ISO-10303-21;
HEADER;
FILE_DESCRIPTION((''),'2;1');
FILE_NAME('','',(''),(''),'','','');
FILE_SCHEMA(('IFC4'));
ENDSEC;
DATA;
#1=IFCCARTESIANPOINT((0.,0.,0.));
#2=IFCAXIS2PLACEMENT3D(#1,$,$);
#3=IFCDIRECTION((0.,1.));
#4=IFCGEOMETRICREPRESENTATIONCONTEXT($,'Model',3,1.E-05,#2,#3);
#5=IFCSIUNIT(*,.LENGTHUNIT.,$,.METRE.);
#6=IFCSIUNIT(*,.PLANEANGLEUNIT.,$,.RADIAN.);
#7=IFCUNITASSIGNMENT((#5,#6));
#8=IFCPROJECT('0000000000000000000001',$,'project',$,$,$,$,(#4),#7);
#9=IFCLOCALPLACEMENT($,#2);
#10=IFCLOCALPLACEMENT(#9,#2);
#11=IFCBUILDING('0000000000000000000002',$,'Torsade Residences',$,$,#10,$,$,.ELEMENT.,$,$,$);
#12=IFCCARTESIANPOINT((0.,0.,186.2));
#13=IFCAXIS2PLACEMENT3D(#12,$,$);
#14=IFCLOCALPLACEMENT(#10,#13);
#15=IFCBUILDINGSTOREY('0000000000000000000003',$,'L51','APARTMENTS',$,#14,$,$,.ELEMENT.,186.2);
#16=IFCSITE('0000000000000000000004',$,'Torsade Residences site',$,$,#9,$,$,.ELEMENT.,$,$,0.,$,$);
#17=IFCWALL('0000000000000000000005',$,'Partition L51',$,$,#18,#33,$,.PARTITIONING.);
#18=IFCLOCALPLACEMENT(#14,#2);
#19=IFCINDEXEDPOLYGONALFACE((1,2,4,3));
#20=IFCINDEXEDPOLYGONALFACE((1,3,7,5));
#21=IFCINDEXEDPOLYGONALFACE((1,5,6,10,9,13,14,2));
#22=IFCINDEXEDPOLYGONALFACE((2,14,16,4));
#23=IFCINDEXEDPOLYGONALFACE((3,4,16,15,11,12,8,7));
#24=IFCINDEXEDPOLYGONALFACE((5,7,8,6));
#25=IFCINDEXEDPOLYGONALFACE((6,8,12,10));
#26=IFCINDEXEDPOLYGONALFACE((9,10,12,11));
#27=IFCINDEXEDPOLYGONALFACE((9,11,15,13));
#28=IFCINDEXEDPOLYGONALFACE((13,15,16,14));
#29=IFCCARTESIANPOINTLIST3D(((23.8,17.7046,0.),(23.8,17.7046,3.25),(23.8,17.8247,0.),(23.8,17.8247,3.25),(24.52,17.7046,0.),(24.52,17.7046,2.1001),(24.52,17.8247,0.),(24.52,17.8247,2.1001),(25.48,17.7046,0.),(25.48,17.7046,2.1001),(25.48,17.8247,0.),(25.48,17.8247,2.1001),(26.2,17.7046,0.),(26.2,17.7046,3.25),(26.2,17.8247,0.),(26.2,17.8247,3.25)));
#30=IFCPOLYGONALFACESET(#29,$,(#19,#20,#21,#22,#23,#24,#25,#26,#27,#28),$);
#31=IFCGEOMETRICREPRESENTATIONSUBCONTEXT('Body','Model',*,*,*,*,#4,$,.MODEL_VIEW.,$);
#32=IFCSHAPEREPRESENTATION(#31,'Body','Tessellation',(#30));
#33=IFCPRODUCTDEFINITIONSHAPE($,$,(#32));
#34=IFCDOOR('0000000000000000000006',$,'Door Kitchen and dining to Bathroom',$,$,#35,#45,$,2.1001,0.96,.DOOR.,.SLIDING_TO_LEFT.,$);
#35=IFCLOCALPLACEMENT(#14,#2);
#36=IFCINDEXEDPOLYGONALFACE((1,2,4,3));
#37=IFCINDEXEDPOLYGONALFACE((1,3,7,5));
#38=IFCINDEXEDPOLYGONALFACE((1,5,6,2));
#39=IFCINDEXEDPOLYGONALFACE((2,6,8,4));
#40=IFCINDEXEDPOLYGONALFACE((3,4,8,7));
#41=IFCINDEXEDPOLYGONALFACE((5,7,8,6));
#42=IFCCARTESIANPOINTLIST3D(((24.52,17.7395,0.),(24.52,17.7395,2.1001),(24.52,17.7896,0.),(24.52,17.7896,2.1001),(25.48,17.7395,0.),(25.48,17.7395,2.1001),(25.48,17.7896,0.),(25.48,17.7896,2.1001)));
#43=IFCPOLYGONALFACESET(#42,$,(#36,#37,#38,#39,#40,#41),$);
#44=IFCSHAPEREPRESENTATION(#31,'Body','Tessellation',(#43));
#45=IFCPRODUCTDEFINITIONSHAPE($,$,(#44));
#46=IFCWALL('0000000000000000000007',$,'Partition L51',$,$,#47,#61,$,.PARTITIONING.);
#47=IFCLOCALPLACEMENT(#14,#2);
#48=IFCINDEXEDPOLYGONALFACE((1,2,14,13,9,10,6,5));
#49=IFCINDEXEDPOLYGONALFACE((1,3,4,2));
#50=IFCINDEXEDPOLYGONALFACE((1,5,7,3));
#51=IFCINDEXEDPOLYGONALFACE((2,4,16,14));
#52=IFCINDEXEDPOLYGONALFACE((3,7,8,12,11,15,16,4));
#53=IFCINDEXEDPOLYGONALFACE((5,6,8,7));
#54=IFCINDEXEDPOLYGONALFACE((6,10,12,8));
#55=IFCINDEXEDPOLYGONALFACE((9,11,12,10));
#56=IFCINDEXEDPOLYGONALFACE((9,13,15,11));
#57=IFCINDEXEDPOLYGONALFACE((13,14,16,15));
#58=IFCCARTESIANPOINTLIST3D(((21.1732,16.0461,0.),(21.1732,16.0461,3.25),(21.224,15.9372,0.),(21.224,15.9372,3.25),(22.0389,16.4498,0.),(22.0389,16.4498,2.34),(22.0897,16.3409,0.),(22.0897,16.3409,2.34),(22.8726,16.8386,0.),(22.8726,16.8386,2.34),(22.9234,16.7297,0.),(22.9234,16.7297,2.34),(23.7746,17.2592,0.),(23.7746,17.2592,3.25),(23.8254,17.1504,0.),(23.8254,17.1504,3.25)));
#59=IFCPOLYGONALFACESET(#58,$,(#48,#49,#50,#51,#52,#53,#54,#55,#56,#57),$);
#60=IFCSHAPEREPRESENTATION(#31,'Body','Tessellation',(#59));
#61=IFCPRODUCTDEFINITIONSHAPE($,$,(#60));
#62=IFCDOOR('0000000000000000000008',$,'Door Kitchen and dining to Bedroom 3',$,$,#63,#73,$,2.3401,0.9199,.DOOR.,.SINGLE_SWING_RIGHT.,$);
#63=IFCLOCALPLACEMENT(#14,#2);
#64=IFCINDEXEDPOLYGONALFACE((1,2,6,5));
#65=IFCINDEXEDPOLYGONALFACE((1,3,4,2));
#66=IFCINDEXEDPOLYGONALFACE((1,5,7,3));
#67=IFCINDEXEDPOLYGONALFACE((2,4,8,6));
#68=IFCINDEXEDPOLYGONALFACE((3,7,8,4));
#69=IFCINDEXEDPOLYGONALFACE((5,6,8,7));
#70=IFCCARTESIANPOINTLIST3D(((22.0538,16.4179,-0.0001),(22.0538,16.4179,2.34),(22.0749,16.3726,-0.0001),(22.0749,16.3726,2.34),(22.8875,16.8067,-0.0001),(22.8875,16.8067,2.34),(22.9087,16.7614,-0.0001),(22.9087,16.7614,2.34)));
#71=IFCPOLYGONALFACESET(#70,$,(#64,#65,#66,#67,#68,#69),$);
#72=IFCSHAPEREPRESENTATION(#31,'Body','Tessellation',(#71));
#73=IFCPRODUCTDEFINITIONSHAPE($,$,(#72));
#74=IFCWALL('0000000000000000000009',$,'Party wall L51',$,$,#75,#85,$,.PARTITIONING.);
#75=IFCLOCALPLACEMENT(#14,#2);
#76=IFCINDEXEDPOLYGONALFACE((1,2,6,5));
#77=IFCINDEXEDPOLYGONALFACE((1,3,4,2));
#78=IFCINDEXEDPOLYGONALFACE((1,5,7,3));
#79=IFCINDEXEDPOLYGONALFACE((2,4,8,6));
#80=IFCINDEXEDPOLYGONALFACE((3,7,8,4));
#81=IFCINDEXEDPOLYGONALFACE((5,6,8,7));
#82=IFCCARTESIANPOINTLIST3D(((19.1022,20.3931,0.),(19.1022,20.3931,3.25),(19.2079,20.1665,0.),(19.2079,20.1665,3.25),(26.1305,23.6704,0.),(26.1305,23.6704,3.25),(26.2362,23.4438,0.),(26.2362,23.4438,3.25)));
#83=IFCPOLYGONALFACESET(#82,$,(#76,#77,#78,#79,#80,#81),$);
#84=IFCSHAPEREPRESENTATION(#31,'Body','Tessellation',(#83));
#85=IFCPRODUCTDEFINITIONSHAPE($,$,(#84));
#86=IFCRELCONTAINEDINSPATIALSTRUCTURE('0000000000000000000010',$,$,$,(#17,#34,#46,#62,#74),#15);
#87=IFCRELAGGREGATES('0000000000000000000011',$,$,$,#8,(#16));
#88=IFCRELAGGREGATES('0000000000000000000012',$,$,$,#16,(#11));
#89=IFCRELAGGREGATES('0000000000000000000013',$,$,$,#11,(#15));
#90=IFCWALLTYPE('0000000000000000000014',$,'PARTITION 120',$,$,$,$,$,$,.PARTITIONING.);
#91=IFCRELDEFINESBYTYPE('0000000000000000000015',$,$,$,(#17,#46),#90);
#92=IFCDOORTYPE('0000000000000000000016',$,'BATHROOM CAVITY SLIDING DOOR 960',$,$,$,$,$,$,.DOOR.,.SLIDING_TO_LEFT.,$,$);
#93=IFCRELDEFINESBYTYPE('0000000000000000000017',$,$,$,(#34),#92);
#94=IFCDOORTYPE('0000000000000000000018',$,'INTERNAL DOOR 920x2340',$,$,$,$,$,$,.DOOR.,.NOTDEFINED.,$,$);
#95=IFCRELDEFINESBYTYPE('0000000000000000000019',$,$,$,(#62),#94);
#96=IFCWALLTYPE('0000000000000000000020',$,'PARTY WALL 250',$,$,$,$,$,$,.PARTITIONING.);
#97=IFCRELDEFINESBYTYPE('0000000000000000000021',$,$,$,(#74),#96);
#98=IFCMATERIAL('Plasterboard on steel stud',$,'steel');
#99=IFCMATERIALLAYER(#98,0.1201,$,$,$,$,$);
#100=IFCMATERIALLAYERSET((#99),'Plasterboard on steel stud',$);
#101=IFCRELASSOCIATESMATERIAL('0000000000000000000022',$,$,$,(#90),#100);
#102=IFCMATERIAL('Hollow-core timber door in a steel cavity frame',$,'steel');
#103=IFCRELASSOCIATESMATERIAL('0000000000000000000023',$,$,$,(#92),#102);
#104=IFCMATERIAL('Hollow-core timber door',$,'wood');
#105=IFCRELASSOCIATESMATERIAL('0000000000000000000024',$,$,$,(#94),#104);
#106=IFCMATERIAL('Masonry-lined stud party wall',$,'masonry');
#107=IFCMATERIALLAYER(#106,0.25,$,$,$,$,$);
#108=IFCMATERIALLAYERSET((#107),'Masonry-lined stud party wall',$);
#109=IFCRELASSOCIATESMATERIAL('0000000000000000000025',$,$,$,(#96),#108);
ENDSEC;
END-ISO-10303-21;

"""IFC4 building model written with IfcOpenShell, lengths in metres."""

from ifc_helpers import new_model, si_unit, direction, frame, frame_2d, origin, place, context, subcontext, project, spatial, rectangle, extrude, material, layer, layer_set, type_object, element, fill, save


model = new_model("IFC4")

# Units and contexts
model_context = context("Model", 3, precision=1e-05, world=origin(), true_north=direction((0.0, 1.0)))
body_context = subcontext(model_context, "Body", "Model", "MODEL_VIEW")
ifc_project = project(units=[si_unit("LENGTHUNIT", "METRE"), si_unit("PLANEANGLEUNIT", "RADIAN")], contexts=[model_context])

# Site, building, storey
site_placement = place(None, origin())
site = spatial("IfcSite", under=ifc_project, at=site_placement, Name="Torsade Residences site", CompositionType="ELEMENT", RefElevation=0.0)
building_placement = place(site_placement, origin())
building = spatial("IfcBuilding", under=site, at=building_placement, Name="Torsade Residences", CompositionType="ELEMENT")
storey_placement = place(building_placement, frame((0.0, 0.0, 186.2)))
storey = spatial("IfcBuildingStorey", under=building, at=storey_placement, Name="L51", Description="APARTMENTS", CompositionType="ELEMENT", Elevation=186.2)

# Shared definitions
ifc_material_1 = material(Name="Plasterboard on steel stud", Category="steel")
ifc_layer_1 = layer(ifc_material_1, 0.1201)
ifc_layer_set_1 = layer_set([ifc_layer_1], Name="Plasterboard on steel stud")
wall_type_1 = type_object("IfcWallType", Name="PARTITION 120", PredefinedType="PARTITIONING", material=ifc_layer_set_1)
ifc_material_2 = material(Name="Hollow-core timber door in a steel cavity frame", Category="steel")
door_type_1 = type_object("IfcDoorType", Name="BATHROOM CAVITY SLIDING DOOR 960", OperationType="SLIDING_TO_LEFT", PredefinedType="DOOR", material=ifc_material_2)

# Shared definitions
ifc_material_3 = material(Name="Hollow-core timber door", Category="wood")
door_type_2 = type_object("IfcDoorType", Name="INTERNAL DOOR 920x2340", OperationType="NOTDEFINED", PredefinedType="DOOR", material=ifc_material_3)

# Walls, openings, doors
wall_1_placement = place(storey_placement, frame((23.8, 17.7646, 0.0), z_axis=(0.0, 0.0, 1.0), x_axis=(1.0, 0.0, 0.0)))
wall_1 = element("IfcWall", 1, at=wall_1_placement, inside=storey, type_object=wall_type_1, Name="Partition L51", PredefinedType="PARTITIONING", context=body_context, shape_type="SweptSolid", body=[
    extrude(rectangle(XDim=2.3999, YDim=0.1201, at=frame_2d((1.2, 0.0))), origin(), (0.0, 0.0, 1.0), 3.25),
])
opening_1_placement = place(wall_1_placement, frame((0.72, 0.0, 0.0)))
opening_1 = element("IfcOpeningElement", 2, at=opening_1_placement, cuts=wall_1, PredefinedType="OPENING", context=body_context, shape_type="SweptSolid", body=[
    extrude(rectangle(XDim=0.96, YDim=2.1001, at=frame_2d((0.48, 1.05))), frame((0.0, 0.0701, 0.0), z_axis=(0.0, -1.0, 0.0), x_axis=(1.0, 0.0, 0.0)), (0.0, 0.0, 1.0), 0.1401),
])
door_1_placement = place(opening_1_placement, origin())
door_1 = element("IfcDoor", 3, at=door_1_placement, inside=storey, type_object=door_type_1, Name="Door Kitchen and dining to Bathroom", OperationType="SLIDING_TO_LEFT", OverallHeight=2.1001, OverallWidth=0.96, PredefinedType="DOOR", context=body_context, shape_type="SweptSolid", body=[
    extrude(rectangle(XDim=0.96, YDim=2.1001, at=frame_2d((0.48, 1.05))), frame((0.0, 0.0249, 0.0), z_axis=(0.0, -1.0, 0.0), x_axis=(1.0, 0.0, 0.0)), (0.0, 0.0, 1.0), 0.05),
])
fill(opening_1, door_1)
wall_2_placement = place(storey_placement, frame((21.1987, 15.9917, 0.0), z_axis=(0.0, 0.0, 1.0), x_axis=(0.906292, 0.422653, 0.0)))
wall_2 = element("IfcWall", 4, at=wall_2_placement, inside=storey, type_object=wall_type_1, Name="Partition L51", PredefinedType="PARTITIONING", context=body_context, shape_type="SweptSolid", body=[
    extrude(rectangle(XDim=2.8704, YDim=0.1201, at=frame_2d((1.4351, 0.0))), origin(), (0.0, 0.0, 1.0), 3.25),
])
opening_2_placement = place(wall_2_placement, frame((0.9551, 0.0, 0.0)))
opening_2 = element("IfcOpeningElement", 5, at=opening_2_placement, cuts=wall_2, PredefinedType="OPENING", context=body_context, shape_type="SweptSolid", body=[
    extrude(rectangle(XDim=0.9199, YDim=2.3401, at=frame_2d((0.46, 1.1699))), frame((0.0, 0.0701, 0.0), z_axis=(0.0, -1.0, 0.0), x_axis=(1.0, 0.0, 0.0)), (0.0, 0.0, 1.0), 0.1401),
])
door_2_placement = place(opening_2_placement, origin())
door_2 = element("IfcDoor", 6, at=door_2_placement, inside=storey, type_object=door_type_2, Name="Door Kitchen and dining to Bedroom 3", OperationType="SINGLE_SWING_RIGHT", OverallHeight=2.3401, OverallWidth=0.9199, PredefinedType="DOOR", context=body_context, shape_type="SweptSolid", body=[
    extrude(rectangle(XDim=0.9199, YDim=2.3401, at=frame_2d((0.46, 1.1699))), frame((0.0, 0.0249, 0.0), z_axis=(0.0, -1.0, 0.0), x_axis=(1.0, 0.0, 0.0)), (0.0, 0.0, 1.0), 0.05),
])
fill(opening_2, door_2)

# Wall
ifc_material_4 = material(Name="Masonry-lined stud party wall", Category="masonry")
ifc_layer_2 = layer(ifc_material_4, 0.25)
ifc_layer_set_2 = layer_set([ifc_layer_2], Name="Masonry-lined stud party wall")
wall_type_2 = type_object("IfcWallType", Name="PARTY WALL 250", PredefinedType="PARTITIONING", material=ifc_layer_set_2)
wall_3_placement = place(storey_placement, frame((19.155, 20.2798, 0.0), z_axis=(0.0, 0.0, 1.0), x_axis=(0.906309, 0.422617, 0.0)))
element("IfcWall", 7, at=wall_3_placement, inside=storey, type_object=wall_type_2, Name="Party wall L51", PredefinedType="PARTITIONING", context=body_context, shape_type="SweptSolid", body=[
    extrude(rectangle(XDim=7.7549, YDim=0.25, at=frame_2d((3.8774, 0.0))), origin(), (0.0, 0.0, 1.0), 3.25),
])

save(model, "model.ifc")
